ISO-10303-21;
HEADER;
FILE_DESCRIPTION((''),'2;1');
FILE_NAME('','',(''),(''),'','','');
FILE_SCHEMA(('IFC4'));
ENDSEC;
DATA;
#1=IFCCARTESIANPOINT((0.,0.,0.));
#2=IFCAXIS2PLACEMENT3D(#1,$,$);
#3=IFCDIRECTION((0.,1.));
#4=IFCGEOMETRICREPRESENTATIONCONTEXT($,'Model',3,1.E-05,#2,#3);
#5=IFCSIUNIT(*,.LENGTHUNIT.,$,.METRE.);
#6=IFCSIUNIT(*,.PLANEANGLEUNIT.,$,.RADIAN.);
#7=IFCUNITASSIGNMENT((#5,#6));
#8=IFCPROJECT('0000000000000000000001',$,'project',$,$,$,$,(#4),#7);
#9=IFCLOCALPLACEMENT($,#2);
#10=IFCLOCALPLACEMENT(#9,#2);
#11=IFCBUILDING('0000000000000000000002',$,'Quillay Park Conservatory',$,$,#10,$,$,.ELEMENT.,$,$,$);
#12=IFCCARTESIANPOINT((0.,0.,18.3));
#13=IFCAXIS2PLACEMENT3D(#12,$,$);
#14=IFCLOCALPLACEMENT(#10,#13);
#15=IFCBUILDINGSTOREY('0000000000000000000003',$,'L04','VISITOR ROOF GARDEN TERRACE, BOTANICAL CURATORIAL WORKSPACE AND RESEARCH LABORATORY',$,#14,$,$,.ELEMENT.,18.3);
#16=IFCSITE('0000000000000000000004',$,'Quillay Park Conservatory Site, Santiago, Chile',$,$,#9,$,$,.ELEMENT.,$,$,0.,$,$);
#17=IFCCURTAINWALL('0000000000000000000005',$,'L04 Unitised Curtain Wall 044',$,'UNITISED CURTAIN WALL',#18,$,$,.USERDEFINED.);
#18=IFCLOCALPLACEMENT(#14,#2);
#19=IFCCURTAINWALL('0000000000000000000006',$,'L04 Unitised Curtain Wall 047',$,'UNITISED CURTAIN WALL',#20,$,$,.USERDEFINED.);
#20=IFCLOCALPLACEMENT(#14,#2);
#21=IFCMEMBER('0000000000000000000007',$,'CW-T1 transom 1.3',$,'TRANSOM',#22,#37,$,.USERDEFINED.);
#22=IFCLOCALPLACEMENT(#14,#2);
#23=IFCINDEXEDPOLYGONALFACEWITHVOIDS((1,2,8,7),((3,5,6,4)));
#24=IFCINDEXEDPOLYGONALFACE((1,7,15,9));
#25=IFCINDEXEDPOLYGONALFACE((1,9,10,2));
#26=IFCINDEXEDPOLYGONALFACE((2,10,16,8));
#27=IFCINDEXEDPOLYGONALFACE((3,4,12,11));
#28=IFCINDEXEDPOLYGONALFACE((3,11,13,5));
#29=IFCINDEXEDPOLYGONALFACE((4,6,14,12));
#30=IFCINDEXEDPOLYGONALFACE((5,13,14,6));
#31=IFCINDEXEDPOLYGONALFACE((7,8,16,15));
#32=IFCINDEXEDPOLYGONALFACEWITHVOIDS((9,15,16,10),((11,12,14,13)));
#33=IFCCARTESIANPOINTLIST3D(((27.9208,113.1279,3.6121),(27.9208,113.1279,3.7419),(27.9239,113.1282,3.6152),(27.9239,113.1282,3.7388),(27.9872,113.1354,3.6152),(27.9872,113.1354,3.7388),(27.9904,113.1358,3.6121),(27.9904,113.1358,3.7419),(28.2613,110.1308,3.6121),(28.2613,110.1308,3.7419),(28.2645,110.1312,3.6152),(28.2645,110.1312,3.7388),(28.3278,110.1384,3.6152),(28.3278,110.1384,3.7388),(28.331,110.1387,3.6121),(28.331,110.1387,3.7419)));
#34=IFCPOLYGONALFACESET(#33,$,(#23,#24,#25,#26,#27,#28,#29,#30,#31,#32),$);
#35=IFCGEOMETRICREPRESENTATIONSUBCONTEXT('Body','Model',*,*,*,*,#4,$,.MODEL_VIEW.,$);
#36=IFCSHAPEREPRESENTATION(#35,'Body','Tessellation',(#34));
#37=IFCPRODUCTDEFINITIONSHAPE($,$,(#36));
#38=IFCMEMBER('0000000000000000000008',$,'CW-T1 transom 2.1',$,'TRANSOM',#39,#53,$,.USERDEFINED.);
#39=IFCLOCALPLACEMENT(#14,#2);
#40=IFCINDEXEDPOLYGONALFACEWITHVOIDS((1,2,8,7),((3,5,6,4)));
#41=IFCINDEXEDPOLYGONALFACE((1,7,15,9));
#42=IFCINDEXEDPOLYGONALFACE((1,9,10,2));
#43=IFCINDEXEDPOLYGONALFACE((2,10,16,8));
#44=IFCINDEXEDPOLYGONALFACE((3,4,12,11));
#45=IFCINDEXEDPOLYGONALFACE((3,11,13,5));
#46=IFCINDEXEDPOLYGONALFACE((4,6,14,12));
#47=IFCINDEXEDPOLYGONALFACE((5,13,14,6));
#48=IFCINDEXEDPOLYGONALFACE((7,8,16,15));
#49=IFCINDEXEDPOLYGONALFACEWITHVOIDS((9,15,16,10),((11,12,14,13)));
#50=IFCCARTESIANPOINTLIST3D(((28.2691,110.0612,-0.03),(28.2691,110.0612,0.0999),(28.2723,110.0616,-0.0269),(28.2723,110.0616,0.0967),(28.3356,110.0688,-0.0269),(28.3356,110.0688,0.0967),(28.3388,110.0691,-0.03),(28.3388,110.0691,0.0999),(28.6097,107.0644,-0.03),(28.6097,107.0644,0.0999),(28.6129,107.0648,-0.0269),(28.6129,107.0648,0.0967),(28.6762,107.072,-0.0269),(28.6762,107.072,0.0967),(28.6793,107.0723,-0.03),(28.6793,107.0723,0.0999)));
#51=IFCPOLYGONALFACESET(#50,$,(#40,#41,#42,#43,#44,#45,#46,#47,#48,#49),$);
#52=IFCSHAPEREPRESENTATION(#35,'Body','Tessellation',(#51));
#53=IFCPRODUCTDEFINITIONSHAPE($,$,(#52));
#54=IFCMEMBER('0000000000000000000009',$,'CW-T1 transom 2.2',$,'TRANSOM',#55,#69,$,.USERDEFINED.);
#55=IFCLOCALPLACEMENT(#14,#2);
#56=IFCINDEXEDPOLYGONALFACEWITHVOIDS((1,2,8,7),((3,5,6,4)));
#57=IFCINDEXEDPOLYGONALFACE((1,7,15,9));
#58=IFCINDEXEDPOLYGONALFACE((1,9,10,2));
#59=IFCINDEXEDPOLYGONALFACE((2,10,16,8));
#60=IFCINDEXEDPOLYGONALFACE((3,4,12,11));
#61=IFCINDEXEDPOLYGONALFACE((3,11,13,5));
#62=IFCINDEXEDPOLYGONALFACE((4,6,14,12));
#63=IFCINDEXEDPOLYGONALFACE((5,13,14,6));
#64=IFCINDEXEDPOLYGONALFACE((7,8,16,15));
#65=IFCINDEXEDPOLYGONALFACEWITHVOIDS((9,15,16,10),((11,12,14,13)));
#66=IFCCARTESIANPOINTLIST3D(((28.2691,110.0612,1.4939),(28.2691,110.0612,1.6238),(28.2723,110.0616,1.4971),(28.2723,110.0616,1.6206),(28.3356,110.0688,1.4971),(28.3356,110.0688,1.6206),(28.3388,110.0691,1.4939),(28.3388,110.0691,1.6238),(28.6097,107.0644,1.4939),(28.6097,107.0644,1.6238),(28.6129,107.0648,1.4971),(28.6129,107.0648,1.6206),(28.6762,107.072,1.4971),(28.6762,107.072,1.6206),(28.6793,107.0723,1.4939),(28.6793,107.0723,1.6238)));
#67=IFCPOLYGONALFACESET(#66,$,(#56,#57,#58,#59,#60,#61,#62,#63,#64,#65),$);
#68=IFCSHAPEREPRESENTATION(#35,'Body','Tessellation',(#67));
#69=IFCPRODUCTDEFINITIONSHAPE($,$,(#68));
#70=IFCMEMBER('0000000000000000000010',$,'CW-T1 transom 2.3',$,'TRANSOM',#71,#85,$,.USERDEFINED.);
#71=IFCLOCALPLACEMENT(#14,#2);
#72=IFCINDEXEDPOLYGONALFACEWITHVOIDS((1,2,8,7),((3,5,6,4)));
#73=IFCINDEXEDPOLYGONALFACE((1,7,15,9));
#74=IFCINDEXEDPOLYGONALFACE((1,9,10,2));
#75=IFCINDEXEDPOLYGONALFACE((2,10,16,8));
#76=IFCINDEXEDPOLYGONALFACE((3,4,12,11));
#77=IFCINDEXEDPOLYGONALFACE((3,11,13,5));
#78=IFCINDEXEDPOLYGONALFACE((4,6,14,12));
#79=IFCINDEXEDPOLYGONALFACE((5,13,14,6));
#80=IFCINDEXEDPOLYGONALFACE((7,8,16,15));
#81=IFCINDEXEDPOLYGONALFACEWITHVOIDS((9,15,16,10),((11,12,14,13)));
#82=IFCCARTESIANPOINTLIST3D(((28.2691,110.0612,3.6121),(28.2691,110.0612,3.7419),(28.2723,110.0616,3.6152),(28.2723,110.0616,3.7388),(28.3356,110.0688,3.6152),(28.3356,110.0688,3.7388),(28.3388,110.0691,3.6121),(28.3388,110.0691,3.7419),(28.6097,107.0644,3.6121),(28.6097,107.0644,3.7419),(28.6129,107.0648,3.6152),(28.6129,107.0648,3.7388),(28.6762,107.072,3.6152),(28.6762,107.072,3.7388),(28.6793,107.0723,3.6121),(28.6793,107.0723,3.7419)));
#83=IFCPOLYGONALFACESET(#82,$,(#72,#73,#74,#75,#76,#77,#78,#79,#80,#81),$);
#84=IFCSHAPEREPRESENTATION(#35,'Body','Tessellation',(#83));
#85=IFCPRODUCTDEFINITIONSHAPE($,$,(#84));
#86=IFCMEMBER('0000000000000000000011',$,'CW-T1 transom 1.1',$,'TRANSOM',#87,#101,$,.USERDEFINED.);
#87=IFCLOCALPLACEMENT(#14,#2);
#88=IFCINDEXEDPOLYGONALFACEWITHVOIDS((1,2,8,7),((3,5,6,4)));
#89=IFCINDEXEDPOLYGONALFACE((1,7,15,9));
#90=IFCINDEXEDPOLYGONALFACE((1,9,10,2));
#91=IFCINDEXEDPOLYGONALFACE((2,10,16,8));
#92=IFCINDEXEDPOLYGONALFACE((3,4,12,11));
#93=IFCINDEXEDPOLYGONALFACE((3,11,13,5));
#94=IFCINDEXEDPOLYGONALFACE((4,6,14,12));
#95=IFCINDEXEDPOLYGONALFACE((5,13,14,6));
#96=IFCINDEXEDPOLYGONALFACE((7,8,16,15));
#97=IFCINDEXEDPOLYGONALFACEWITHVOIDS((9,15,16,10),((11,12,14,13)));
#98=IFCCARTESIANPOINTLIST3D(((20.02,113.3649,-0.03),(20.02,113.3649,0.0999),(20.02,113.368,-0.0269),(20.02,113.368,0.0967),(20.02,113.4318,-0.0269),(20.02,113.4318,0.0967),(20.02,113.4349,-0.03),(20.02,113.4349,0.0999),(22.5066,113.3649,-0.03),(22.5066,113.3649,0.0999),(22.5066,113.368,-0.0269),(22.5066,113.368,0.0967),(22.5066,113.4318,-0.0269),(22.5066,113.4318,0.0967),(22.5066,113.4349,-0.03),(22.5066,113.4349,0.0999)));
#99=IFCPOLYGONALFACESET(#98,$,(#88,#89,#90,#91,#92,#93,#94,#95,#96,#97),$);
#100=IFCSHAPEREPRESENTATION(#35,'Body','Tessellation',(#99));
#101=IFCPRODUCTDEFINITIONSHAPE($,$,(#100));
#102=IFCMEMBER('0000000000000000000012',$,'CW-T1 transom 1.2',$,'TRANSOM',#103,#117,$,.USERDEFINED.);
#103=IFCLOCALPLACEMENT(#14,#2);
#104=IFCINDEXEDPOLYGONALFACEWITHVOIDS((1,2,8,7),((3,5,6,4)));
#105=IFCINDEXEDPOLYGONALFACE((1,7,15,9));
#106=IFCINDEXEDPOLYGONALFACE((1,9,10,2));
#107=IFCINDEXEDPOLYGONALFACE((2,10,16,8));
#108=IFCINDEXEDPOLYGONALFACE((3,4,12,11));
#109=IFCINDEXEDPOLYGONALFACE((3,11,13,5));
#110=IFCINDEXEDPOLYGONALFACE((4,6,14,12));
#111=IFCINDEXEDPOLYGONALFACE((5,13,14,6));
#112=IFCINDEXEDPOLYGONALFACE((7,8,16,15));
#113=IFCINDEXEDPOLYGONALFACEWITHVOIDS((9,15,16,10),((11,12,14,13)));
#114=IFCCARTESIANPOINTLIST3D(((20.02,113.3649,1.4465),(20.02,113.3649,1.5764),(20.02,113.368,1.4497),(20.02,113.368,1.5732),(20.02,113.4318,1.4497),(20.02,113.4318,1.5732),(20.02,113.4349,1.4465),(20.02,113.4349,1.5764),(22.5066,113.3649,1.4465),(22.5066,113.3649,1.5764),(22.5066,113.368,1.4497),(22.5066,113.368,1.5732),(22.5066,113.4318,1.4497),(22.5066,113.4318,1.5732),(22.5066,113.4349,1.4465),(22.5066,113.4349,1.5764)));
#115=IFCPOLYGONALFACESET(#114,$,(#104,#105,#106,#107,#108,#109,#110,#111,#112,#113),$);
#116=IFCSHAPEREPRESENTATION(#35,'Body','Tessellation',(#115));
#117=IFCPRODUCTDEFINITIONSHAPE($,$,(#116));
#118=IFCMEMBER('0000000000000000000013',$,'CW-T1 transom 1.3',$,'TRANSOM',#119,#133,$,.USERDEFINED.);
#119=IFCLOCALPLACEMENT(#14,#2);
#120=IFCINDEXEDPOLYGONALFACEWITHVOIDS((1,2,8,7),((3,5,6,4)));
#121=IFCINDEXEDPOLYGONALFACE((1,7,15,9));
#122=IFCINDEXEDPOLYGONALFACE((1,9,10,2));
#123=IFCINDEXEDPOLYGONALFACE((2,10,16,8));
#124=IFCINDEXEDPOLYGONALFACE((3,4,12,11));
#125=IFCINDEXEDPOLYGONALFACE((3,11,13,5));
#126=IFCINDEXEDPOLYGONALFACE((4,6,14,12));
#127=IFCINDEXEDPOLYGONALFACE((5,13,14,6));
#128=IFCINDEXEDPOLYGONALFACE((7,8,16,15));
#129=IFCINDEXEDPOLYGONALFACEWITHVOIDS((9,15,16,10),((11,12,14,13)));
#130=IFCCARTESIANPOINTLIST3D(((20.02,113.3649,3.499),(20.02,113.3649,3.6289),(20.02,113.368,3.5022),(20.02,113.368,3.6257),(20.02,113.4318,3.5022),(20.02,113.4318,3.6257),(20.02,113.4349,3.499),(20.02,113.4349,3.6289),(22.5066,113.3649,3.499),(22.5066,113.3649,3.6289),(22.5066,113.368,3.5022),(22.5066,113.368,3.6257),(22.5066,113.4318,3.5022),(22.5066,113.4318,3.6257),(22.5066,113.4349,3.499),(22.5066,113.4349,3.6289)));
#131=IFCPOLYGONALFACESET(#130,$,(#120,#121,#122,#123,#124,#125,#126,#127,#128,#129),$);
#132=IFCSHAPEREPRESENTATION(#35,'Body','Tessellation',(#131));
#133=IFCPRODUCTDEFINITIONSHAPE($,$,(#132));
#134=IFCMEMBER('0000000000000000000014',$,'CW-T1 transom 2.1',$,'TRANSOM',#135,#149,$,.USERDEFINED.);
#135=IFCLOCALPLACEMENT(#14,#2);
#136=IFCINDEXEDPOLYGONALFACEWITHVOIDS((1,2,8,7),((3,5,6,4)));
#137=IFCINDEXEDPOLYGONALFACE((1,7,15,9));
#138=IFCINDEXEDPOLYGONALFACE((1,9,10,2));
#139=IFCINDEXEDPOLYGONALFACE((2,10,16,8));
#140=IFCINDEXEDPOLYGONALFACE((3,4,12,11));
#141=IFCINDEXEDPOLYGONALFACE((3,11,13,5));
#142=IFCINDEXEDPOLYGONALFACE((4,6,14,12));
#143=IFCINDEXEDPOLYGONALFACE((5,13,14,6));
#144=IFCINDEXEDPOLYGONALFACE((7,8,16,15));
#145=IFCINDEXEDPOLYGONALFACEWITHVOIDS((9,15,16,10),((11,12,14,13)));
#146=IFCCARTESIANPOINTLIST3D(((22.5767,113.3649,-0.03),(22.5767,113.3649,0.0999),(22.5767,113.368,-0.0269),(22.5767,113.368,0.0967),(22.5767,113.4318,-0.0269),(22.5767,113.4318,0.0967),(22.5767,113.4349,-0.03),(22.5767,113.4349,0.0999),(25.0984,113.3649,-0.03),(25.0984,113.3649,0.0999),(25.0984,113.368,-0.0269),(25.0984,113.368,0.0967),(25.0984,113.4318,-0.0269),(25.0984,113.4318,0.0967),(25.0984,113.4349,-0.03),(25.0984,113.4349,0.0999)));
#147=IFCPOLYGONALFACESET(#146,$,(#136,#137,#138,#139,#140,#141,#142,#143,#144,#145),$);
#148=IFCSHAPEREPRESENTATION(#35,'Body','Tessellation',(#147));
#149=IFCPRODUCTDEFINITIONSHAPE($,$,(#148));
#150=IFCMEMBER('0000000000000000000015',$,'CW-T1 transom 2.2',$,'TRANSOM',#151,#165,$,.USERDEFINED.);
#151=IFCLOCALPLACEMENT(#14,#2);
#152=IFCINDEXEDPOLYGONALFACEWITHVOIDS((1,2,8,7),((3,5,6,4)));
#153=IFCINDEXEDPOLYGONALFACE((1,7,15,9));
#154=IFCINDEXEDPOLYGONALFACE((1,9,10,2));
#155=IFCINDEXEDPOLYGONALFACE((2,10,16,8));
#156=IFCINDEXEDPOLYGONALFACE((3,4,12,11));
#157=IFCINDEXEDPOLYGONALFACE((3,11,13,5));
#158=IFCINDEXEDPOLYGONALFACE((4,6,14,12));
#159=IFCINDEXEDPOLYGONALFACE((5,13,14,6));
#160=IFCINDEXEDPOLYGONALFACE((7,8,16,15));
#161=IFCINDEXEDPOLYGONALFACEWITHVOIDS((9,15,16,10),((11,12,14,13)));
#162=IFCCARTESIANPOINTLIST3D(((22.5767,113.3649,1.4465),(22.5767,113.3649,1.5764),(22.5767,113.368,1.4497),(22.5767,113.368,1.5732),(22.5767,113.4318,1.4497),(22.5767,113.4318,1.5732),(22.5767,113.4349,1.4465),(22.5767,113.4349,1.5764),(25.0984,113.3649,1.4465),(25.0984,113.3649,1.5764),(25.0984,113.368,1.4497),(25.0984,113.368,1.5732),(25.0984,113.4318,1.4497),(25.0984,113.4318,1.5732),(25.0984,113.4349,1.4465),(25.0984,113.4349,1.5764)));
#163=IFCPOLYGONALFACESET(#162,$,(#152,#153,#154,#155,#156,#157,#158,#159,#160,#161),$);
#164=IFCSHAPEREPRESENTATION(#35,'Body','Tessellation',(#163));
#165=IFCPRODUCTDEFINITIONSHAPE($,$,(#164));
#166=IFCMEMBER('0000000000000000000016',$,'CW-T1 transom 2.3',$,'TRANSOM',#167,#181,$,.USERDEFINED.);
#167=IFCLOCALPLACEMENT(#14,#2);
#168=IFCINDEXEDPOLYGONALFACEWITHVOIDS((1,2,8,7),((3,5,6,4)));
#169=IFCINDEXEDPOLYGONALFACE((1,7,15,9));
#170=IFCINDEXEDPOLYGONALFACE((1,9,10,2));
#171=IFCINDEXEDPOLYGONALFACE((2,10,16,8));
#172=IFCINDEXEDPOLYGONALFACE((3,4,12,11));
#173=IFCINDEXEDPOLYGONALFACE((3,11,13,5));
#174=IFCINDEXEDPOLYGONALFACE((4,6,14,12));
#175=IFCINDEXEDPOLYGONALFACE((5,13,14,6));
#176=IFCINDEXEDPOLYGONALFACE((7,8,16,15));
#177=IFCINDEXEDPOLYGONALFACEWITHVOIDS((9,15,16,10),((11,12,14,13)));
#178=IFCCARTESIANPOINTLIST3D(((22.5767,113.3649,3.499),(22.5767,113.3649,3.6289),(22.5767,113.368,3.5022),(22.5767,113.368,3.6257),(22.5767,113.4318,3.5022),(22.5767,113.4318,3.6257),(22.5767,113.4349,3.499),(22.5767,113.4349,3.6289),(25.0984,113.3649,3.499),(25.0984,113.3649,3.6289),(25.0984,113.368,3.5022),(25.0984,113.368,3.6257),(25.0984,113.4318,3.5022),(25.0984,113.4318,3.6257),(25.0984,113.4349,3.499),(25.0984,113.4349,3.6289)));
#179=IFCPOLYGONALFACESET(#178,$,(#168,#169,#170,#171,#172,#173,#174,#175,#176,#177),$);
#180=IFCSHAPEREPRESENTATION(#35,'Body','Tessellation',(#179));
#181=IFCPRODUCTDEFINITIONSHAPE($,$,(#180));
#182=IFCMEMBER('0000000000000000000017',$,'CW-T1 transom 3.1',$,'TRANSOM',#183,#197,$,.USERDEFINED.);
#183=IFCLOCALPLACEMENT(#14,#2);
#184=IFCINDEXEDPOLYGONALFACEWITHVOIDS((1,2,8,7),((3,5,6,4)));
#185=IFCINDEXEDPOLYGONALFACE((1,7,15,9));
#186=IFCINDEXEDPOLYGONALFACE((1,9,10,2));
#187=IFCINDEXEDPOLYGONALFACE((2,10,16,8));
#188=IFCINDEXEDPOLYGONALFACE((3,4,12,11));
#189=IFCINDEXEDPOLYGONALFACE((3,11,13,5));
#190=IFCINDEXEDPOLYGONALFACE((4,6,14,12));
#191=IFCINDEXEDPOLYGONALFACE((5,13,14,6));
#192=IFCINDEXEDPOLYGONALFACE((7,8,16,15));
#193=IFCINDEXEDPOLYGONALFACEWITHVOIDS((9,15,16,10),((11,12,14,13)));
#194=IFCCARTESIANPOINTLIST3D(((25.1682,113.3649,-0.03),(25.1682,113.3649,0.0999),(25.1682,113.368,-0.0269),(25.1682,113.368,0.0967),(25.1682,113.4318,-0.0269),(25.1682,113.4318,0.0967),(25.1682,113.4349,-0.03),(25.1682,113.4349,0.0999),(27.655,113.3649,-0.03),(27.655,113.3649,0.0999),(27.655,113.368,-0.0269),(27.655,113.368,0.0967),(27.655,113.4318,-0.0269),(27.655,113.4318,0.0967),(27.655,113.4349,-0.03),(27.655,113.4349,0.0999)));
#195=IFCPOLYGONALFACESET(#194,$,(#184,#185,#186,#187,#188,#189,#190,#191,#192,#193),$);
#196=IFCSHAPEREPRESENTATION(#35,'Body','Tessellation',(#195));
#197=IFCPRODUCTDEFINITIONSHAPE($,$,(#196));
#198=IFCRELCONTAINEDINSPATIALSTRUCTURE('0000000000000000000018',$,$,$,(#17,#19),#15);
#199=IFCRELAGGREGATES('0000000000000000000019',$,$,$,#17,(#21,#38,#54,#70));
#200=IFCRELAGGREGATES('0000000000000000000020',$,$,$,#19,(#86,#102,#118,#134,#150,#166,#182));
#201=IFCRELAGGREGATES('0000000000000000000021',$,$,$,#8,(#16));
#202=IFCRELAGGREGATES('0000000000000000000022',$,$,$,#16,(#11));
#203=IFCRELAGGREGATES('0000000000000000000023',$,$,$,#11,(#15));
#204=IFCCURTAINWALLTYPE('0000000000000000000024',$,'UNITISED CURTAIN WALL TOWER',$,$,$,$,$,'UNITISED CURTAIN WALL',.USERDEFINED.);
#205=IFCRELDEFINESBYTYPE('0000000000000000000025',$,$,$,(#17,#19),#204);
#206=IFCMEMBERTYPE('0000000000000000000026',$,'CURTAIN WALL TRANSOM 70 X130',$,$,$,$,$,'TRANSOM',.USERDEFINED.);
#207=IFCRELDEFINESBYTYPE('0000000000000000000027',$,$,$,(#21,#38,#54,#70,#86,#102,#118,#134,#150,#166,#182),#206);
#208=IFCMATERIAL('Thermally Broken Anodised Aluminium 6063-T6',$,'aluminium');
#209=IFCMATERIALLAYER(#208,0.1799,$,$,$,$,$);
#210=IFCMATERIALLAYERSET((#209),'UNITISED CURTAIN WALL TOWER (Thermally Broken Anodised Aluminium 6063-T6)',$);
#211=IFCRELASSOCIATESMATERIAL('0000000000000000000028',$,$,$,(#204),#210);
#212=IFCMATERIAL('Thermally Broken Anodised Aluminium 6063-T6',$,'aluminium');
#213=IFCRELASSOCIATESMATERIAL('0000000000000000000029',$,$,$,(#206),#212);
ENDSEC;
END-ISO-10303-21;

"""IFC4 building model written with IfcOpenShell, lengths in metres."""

from ifc_helpers import new_model, si_unit, direction, frame, origin, origin_2d, place, context, subcontext, project, spatial, hollow_rectangle, extrude, material, layer, layer_set, material_profile, profile_set, type_object, element, aggregate, save


model = new_model("IFC4")

# Units and contexts
model_context = context("Model", 3, precision=1e-05, world=origin(), true_north=direction((0.0, 1.0)))
body_context = subcontext(model_context, "Body", "Model", "MODEL_VIEW")
ifc_project = project(units=[si_unit("LENGTHUNIT", "METRE"), si_unit("PLANEANGLEUNIT", "RADIAN")], contexts=[model_context])

# Site, building, storey
site_placement = place(None, origin())
site = spatial("IfcSite", under=ifc_project, at=site_placement, Name="Quillay Park Conservatory Site, Santiago, Chile", CompositionType="ELEMENT", RefElevation=0.0)
building_placement = place(site_placement, origin())
building = spatial("IfcBuilding", under=site, at=building_placement, Name="Quillay Park Conservatory", CompositionType="ELEMENT")
storey_placement = place(building_placement, frame((0.0, 0.0, 18.3)))
storey = spatial("IfcBuildingStorey", under=building, at=storey_placement, Name="L04", Description="VISITOR ROOF GARDEN TERRACE, BOTANICAL CURATORIAL WORKSPACE AND RESEARCH LABORATORY", CompositionType="ELEMENT", Elevation=18.3)

# Curtain walls
ifc_material_1 = material(Name="Thermally Broken Anodised Aluminium 6063-T6", Category="aluminium")
ifc_layer_1 = layer(ifc_material_1, 0.1799)
ifc_layer_set_1 = layer_set([ifc_layer_1], Name="UNITISED CURTAIN WALL TOWER (Thermally Broken Anodised Aluminium 6063-T6)")
curtain_wall_type = type_object("IfcCurtainWallType", Name="UNITISED CURTAIN WALL TOWER", ElementType="UNITISED CURTAIN WALL", PredefinedType="USERDEFINED", material=ifc_layer_set_1)
curtain_wall_1_placement = place(storey_placement, origin())
curtain_wall_1 = element("IfcCurtainWall", 1, at=curtain_wall_1_placement, inside=storey, type_object=curtain_wall_type, Name="L04 Unitised Curtain Wall 044", ObjectType="UNITISED CURTAIN WALL", PredefinedType="USERDEFINED")
curtain_wall_2_placement = place(storey_placement, origin())
curtain_wall_2 = element("IfcCurtainWall", 2, at=curtain_wall_2_placement, inside=storey, type_object=curtain_wall_type, Name="L04 Unitised Curtain Wall 047", ObjectType="UNITISED CURTAIN WALL", PredefinedType="USERDEFINED")

# Members
ifc_material_2 = material(Name="Thermally Broken Anodised Aluminium 6063-T6", Category="aluminium")
ifc_material_profile_1 = material_profile(ifc_material_2, hollow_rectangle(XDim=0.0701, YDim=0.1299, WallThickness=0.0032, at=origin_2d()), Name="AL70x130x3.2")
ifc_profile_set_1 = profile_set([ifc_material_profile_1], Name="Thermally Broken Anodised Aluminium 6063-T6")
member_type_1 = type_object("IfcMemberType", Name="CURTAIN WALL TRANSOM 70 X130", ElementType="TRANSOM", PredefinedType="USERDEFINED", material=ifc_profile_set_1)
member_1_placement = place(storey_placement, frame((27.9556, 113.1318, 3.677), z_axis=(0.11291, -0.993605, 0.0), x_axis=(0.993605, 0.11291, 0.0)))
member_1 = element("IfcMember", 3, at=member_1_placement, type_object=member_type_1, Name="CW-T1 transom 1.3", ObjectType="TRANSOM", PredefinedType="USERDEFINED", context=body_context, shape_type="SweptSolid", body=[
    extrude(hollow_rectangle(XDim=0.0701, YDim=0.1299, WallThickness=0.0032, at=origin_2d()), origin(), (0.0, 0.0, 1.0), 3.0164),
])
member_2_placement = place(storey_placement, frame((28.304, 110.0652, 0.0349), z_axis=(0.112919, -0.993604, 0.0), x_axis=(0.993604, 0.112919, 0.0)))
member_2 = element("IfcMember", 4, at=member_2_placement, type_object=member_type_1, Name="CW-T1 transom 2.1", ObjectType="TRANSOM", PredefinedType="USERDEFINED", context=body_context, shape_type="SweptSolid", body=[
    extrude(hollow_rectangle(XDim=0.0701, YDim=0.1299, WallThickness=0.0032, at=origin_2d()), origin(), (0.0, 0.0, 1.0), 3.0161),
])
member_3_placement = place(storey_placement, frame((28.304, 110.0652, 1.5588), z_axis=(0.112919, -0.993604, 0.0), x_axis=(0.993604, 0.112919, 0.0)))
member_3 = element("IfcMember", 5, at=member_3_placement, type_object=member_type_1, Name="CW-T1 transom 2.2", ObjectType="TRANSOM", PredefinedType="USERDEFINED", context=body_context, shape_type="SweptSolid", body=[
    extrude(hollow_rectangle(XDim=0.0701, YDim=0.1299, WallThickness=0.0032, at=origin_2d()), origin(), (0.0, 0.0, 1.0), 3.0161),
])
member_4_placement = place(storey_placement, frame((28.304, 110.0652, 3.677), z_axis=(0.112919, -0.993604, 0.0), x_axis=(0.993604, 0.112919, 0.0)))
member_4 = element("IfcMember", 6, at=member_4_placement, type_object=member_type_1, Name="CW-T1 transom 2.3", ObjectType="TRANSOM", PredefinedType="USERDEFINED", context=body_context, shape_type="SweptSolid", body=[
    extrude(hollow_rectangle(XDim=0.0701, YDim=0.1299, WallThickness=0.0032, at=origin_2d()), origin(), (0.0, 0.0, 1.0), 3.0161),
])
member_5_placement = place(storey_placement, frame((20.02, 113.3999, 0.0349), z_axis=(1.0, 0.0, 0.0), x_axis=(0.0, 1.0, 0.0)))
member_5 = element("IfcMember", 7, at=member_5_placement, type_object=member_type_1, Name="CW-T1 transom 1.1", ObjectType="TRANSOM", PredefinedType="USERDEFINED", context=body_context, shape_type="SweptSolid", body=[
    extrude(hollow_rectangle(XDim=0.0701, YDim=0.1299, WallThickness=0.0032, at=origin_2d()), origin(), (0.0, 0.0, 1.0), 2.4866),
])
member_6_placement = place(storey_placement, frame((20.02, 113.3999, 1.5115), z_axis=(1.0, 0.0, 0.0), x_axis=(0.0, 1.0, 0.0)))
member_6 = element("IfcMember", 8, at=member_6_placement, type_object=member_type_1, Name="CW-T1 transom 1.2", ObjectType="TRANSOM", PredefinedType="USERDEFINED", context=body_context, shape_type="SweptSolid", body=[
    extrude(hollow_rectangle(XDim=0.0701, YDim=0.1299, WallThickness=0.0032, at=origin_2d()), origin(), (0.0, 0.0, 1.0), 2.4866),
])
member_7_placement = place(storey_placement, frame((20.02, 113.3999, 3.564), z_axis=(1.0, 0.0, 0.0), x_axis=(0.0, 1.0, 0.0)))
member_7 = element("IfcMember", 9, at=member_7_placement, type_object=member_type_1, Name="CW-T1 transom 1.3", ObjectType="TRANSOM", PredefinedType="USERDEFINED", context=body_context, shape_type="SweptSolid", body=[
    extrude(hollow_rectangle(XDim=0.0701, YDim=0.1299, WallThickness=0.0032, at=origin_2d()), origin(), (0.0, 0.0, 1.0), 2.4866),
])
member_8_placement = place(storey_placement, frame((22.5767, 113.3999, 0.0349), z_axis=(1.0, 0.0, 0.0), x_axis=(0.0, 1.0, 0.0)))
member_8 = element("IfcMember", 10, at=member_8_placement, type_object=member_type_1, Name="CW-T1 transom 2.1", ObjectType="TRANSOM", PredefinedType="USERDEFINED", context=body_context, shape_type="SweptSolid", body=[
    extrude(hollow_rectangle(XDim=0.0701, YDim=0.1299, WallThickness=0.0032, at=origin_2d()), origin(), (0.0, 0.0, 1.0), 2.5217),
])
member_9_placement = place(storey_placement, frame((22.5767, 113.3999, 1.5115), z_axis=(1.0, 0.0, 0.0), x_axis=(0.0, 1.0, 0.0)))
member_9 = element("IfcMember", 11, at=member_9_placement, type_object=member_type_1, Name="CW-T1 transom 2.2", ObjectType="TRANSOM", PredefinedType="USERDEFINED", context=body_context, shape_type="SweptSolid", body=[
    extrude(hollow_rectangle(XDim=0.0701, YDim=0.1299, WallThickness=0.0032, at=origin_2d()), origin(), (0.0, 0.0, 1.0), 2.5217),
])
member_10_placement = place(storey_placement, frame((22.5767, 113.3999, 3.564), z_axis=(1.0, 0.0, 0.0), x_axis=(0.0, 1.0, 0.0)))
member_10 = element("IfcMember", 12, at=member_10_placement, type_object=member_type_1, Name="CW-T1 transom 2.3", ObjectType="TRANSOM", PredefinedType="USERDEFINED", context=body_context, shape_type="SweptSolid", body=[
    extrude(hollow_rectangle(XDim=0.0701, YDim=0.1299, WallThickness=0.0032, at=origin_2d()), origin(), (0.0, 0.0, 1.0), 2.5217),
])
member_11_placement = place(storey_placement, frame((25.1682, 113.3999, 0.0349), z_axis=(1.0, 0.0, 0.0), x_axis=(0.0, 1.0, 0.0)))
member_11 = element("IfcMember", 13, at=member_11_placement, type_object=member_type_1, Name="CW-T1 transom 3.1", ObjectType="TRANSOM", PredefinedType="USERDEFINED", context=body_context, shape_type="SweptSolid", body=[
    extrude(hollow_rectangle(XDim=0.0701, YDim=0.1299, WallThickness=0.0032, at=origin_2d()), origin(), (0.0, 0.0, 1.0), 2.4868),
])

aggregate(curtain_wall_1, [member_1, member_2, member_3, member_4])
aggregate(curtain_wall_2, [member_5, member_6, member_7, member_8, member_9, member_10, member_11])

save(model, "model.ifc")
